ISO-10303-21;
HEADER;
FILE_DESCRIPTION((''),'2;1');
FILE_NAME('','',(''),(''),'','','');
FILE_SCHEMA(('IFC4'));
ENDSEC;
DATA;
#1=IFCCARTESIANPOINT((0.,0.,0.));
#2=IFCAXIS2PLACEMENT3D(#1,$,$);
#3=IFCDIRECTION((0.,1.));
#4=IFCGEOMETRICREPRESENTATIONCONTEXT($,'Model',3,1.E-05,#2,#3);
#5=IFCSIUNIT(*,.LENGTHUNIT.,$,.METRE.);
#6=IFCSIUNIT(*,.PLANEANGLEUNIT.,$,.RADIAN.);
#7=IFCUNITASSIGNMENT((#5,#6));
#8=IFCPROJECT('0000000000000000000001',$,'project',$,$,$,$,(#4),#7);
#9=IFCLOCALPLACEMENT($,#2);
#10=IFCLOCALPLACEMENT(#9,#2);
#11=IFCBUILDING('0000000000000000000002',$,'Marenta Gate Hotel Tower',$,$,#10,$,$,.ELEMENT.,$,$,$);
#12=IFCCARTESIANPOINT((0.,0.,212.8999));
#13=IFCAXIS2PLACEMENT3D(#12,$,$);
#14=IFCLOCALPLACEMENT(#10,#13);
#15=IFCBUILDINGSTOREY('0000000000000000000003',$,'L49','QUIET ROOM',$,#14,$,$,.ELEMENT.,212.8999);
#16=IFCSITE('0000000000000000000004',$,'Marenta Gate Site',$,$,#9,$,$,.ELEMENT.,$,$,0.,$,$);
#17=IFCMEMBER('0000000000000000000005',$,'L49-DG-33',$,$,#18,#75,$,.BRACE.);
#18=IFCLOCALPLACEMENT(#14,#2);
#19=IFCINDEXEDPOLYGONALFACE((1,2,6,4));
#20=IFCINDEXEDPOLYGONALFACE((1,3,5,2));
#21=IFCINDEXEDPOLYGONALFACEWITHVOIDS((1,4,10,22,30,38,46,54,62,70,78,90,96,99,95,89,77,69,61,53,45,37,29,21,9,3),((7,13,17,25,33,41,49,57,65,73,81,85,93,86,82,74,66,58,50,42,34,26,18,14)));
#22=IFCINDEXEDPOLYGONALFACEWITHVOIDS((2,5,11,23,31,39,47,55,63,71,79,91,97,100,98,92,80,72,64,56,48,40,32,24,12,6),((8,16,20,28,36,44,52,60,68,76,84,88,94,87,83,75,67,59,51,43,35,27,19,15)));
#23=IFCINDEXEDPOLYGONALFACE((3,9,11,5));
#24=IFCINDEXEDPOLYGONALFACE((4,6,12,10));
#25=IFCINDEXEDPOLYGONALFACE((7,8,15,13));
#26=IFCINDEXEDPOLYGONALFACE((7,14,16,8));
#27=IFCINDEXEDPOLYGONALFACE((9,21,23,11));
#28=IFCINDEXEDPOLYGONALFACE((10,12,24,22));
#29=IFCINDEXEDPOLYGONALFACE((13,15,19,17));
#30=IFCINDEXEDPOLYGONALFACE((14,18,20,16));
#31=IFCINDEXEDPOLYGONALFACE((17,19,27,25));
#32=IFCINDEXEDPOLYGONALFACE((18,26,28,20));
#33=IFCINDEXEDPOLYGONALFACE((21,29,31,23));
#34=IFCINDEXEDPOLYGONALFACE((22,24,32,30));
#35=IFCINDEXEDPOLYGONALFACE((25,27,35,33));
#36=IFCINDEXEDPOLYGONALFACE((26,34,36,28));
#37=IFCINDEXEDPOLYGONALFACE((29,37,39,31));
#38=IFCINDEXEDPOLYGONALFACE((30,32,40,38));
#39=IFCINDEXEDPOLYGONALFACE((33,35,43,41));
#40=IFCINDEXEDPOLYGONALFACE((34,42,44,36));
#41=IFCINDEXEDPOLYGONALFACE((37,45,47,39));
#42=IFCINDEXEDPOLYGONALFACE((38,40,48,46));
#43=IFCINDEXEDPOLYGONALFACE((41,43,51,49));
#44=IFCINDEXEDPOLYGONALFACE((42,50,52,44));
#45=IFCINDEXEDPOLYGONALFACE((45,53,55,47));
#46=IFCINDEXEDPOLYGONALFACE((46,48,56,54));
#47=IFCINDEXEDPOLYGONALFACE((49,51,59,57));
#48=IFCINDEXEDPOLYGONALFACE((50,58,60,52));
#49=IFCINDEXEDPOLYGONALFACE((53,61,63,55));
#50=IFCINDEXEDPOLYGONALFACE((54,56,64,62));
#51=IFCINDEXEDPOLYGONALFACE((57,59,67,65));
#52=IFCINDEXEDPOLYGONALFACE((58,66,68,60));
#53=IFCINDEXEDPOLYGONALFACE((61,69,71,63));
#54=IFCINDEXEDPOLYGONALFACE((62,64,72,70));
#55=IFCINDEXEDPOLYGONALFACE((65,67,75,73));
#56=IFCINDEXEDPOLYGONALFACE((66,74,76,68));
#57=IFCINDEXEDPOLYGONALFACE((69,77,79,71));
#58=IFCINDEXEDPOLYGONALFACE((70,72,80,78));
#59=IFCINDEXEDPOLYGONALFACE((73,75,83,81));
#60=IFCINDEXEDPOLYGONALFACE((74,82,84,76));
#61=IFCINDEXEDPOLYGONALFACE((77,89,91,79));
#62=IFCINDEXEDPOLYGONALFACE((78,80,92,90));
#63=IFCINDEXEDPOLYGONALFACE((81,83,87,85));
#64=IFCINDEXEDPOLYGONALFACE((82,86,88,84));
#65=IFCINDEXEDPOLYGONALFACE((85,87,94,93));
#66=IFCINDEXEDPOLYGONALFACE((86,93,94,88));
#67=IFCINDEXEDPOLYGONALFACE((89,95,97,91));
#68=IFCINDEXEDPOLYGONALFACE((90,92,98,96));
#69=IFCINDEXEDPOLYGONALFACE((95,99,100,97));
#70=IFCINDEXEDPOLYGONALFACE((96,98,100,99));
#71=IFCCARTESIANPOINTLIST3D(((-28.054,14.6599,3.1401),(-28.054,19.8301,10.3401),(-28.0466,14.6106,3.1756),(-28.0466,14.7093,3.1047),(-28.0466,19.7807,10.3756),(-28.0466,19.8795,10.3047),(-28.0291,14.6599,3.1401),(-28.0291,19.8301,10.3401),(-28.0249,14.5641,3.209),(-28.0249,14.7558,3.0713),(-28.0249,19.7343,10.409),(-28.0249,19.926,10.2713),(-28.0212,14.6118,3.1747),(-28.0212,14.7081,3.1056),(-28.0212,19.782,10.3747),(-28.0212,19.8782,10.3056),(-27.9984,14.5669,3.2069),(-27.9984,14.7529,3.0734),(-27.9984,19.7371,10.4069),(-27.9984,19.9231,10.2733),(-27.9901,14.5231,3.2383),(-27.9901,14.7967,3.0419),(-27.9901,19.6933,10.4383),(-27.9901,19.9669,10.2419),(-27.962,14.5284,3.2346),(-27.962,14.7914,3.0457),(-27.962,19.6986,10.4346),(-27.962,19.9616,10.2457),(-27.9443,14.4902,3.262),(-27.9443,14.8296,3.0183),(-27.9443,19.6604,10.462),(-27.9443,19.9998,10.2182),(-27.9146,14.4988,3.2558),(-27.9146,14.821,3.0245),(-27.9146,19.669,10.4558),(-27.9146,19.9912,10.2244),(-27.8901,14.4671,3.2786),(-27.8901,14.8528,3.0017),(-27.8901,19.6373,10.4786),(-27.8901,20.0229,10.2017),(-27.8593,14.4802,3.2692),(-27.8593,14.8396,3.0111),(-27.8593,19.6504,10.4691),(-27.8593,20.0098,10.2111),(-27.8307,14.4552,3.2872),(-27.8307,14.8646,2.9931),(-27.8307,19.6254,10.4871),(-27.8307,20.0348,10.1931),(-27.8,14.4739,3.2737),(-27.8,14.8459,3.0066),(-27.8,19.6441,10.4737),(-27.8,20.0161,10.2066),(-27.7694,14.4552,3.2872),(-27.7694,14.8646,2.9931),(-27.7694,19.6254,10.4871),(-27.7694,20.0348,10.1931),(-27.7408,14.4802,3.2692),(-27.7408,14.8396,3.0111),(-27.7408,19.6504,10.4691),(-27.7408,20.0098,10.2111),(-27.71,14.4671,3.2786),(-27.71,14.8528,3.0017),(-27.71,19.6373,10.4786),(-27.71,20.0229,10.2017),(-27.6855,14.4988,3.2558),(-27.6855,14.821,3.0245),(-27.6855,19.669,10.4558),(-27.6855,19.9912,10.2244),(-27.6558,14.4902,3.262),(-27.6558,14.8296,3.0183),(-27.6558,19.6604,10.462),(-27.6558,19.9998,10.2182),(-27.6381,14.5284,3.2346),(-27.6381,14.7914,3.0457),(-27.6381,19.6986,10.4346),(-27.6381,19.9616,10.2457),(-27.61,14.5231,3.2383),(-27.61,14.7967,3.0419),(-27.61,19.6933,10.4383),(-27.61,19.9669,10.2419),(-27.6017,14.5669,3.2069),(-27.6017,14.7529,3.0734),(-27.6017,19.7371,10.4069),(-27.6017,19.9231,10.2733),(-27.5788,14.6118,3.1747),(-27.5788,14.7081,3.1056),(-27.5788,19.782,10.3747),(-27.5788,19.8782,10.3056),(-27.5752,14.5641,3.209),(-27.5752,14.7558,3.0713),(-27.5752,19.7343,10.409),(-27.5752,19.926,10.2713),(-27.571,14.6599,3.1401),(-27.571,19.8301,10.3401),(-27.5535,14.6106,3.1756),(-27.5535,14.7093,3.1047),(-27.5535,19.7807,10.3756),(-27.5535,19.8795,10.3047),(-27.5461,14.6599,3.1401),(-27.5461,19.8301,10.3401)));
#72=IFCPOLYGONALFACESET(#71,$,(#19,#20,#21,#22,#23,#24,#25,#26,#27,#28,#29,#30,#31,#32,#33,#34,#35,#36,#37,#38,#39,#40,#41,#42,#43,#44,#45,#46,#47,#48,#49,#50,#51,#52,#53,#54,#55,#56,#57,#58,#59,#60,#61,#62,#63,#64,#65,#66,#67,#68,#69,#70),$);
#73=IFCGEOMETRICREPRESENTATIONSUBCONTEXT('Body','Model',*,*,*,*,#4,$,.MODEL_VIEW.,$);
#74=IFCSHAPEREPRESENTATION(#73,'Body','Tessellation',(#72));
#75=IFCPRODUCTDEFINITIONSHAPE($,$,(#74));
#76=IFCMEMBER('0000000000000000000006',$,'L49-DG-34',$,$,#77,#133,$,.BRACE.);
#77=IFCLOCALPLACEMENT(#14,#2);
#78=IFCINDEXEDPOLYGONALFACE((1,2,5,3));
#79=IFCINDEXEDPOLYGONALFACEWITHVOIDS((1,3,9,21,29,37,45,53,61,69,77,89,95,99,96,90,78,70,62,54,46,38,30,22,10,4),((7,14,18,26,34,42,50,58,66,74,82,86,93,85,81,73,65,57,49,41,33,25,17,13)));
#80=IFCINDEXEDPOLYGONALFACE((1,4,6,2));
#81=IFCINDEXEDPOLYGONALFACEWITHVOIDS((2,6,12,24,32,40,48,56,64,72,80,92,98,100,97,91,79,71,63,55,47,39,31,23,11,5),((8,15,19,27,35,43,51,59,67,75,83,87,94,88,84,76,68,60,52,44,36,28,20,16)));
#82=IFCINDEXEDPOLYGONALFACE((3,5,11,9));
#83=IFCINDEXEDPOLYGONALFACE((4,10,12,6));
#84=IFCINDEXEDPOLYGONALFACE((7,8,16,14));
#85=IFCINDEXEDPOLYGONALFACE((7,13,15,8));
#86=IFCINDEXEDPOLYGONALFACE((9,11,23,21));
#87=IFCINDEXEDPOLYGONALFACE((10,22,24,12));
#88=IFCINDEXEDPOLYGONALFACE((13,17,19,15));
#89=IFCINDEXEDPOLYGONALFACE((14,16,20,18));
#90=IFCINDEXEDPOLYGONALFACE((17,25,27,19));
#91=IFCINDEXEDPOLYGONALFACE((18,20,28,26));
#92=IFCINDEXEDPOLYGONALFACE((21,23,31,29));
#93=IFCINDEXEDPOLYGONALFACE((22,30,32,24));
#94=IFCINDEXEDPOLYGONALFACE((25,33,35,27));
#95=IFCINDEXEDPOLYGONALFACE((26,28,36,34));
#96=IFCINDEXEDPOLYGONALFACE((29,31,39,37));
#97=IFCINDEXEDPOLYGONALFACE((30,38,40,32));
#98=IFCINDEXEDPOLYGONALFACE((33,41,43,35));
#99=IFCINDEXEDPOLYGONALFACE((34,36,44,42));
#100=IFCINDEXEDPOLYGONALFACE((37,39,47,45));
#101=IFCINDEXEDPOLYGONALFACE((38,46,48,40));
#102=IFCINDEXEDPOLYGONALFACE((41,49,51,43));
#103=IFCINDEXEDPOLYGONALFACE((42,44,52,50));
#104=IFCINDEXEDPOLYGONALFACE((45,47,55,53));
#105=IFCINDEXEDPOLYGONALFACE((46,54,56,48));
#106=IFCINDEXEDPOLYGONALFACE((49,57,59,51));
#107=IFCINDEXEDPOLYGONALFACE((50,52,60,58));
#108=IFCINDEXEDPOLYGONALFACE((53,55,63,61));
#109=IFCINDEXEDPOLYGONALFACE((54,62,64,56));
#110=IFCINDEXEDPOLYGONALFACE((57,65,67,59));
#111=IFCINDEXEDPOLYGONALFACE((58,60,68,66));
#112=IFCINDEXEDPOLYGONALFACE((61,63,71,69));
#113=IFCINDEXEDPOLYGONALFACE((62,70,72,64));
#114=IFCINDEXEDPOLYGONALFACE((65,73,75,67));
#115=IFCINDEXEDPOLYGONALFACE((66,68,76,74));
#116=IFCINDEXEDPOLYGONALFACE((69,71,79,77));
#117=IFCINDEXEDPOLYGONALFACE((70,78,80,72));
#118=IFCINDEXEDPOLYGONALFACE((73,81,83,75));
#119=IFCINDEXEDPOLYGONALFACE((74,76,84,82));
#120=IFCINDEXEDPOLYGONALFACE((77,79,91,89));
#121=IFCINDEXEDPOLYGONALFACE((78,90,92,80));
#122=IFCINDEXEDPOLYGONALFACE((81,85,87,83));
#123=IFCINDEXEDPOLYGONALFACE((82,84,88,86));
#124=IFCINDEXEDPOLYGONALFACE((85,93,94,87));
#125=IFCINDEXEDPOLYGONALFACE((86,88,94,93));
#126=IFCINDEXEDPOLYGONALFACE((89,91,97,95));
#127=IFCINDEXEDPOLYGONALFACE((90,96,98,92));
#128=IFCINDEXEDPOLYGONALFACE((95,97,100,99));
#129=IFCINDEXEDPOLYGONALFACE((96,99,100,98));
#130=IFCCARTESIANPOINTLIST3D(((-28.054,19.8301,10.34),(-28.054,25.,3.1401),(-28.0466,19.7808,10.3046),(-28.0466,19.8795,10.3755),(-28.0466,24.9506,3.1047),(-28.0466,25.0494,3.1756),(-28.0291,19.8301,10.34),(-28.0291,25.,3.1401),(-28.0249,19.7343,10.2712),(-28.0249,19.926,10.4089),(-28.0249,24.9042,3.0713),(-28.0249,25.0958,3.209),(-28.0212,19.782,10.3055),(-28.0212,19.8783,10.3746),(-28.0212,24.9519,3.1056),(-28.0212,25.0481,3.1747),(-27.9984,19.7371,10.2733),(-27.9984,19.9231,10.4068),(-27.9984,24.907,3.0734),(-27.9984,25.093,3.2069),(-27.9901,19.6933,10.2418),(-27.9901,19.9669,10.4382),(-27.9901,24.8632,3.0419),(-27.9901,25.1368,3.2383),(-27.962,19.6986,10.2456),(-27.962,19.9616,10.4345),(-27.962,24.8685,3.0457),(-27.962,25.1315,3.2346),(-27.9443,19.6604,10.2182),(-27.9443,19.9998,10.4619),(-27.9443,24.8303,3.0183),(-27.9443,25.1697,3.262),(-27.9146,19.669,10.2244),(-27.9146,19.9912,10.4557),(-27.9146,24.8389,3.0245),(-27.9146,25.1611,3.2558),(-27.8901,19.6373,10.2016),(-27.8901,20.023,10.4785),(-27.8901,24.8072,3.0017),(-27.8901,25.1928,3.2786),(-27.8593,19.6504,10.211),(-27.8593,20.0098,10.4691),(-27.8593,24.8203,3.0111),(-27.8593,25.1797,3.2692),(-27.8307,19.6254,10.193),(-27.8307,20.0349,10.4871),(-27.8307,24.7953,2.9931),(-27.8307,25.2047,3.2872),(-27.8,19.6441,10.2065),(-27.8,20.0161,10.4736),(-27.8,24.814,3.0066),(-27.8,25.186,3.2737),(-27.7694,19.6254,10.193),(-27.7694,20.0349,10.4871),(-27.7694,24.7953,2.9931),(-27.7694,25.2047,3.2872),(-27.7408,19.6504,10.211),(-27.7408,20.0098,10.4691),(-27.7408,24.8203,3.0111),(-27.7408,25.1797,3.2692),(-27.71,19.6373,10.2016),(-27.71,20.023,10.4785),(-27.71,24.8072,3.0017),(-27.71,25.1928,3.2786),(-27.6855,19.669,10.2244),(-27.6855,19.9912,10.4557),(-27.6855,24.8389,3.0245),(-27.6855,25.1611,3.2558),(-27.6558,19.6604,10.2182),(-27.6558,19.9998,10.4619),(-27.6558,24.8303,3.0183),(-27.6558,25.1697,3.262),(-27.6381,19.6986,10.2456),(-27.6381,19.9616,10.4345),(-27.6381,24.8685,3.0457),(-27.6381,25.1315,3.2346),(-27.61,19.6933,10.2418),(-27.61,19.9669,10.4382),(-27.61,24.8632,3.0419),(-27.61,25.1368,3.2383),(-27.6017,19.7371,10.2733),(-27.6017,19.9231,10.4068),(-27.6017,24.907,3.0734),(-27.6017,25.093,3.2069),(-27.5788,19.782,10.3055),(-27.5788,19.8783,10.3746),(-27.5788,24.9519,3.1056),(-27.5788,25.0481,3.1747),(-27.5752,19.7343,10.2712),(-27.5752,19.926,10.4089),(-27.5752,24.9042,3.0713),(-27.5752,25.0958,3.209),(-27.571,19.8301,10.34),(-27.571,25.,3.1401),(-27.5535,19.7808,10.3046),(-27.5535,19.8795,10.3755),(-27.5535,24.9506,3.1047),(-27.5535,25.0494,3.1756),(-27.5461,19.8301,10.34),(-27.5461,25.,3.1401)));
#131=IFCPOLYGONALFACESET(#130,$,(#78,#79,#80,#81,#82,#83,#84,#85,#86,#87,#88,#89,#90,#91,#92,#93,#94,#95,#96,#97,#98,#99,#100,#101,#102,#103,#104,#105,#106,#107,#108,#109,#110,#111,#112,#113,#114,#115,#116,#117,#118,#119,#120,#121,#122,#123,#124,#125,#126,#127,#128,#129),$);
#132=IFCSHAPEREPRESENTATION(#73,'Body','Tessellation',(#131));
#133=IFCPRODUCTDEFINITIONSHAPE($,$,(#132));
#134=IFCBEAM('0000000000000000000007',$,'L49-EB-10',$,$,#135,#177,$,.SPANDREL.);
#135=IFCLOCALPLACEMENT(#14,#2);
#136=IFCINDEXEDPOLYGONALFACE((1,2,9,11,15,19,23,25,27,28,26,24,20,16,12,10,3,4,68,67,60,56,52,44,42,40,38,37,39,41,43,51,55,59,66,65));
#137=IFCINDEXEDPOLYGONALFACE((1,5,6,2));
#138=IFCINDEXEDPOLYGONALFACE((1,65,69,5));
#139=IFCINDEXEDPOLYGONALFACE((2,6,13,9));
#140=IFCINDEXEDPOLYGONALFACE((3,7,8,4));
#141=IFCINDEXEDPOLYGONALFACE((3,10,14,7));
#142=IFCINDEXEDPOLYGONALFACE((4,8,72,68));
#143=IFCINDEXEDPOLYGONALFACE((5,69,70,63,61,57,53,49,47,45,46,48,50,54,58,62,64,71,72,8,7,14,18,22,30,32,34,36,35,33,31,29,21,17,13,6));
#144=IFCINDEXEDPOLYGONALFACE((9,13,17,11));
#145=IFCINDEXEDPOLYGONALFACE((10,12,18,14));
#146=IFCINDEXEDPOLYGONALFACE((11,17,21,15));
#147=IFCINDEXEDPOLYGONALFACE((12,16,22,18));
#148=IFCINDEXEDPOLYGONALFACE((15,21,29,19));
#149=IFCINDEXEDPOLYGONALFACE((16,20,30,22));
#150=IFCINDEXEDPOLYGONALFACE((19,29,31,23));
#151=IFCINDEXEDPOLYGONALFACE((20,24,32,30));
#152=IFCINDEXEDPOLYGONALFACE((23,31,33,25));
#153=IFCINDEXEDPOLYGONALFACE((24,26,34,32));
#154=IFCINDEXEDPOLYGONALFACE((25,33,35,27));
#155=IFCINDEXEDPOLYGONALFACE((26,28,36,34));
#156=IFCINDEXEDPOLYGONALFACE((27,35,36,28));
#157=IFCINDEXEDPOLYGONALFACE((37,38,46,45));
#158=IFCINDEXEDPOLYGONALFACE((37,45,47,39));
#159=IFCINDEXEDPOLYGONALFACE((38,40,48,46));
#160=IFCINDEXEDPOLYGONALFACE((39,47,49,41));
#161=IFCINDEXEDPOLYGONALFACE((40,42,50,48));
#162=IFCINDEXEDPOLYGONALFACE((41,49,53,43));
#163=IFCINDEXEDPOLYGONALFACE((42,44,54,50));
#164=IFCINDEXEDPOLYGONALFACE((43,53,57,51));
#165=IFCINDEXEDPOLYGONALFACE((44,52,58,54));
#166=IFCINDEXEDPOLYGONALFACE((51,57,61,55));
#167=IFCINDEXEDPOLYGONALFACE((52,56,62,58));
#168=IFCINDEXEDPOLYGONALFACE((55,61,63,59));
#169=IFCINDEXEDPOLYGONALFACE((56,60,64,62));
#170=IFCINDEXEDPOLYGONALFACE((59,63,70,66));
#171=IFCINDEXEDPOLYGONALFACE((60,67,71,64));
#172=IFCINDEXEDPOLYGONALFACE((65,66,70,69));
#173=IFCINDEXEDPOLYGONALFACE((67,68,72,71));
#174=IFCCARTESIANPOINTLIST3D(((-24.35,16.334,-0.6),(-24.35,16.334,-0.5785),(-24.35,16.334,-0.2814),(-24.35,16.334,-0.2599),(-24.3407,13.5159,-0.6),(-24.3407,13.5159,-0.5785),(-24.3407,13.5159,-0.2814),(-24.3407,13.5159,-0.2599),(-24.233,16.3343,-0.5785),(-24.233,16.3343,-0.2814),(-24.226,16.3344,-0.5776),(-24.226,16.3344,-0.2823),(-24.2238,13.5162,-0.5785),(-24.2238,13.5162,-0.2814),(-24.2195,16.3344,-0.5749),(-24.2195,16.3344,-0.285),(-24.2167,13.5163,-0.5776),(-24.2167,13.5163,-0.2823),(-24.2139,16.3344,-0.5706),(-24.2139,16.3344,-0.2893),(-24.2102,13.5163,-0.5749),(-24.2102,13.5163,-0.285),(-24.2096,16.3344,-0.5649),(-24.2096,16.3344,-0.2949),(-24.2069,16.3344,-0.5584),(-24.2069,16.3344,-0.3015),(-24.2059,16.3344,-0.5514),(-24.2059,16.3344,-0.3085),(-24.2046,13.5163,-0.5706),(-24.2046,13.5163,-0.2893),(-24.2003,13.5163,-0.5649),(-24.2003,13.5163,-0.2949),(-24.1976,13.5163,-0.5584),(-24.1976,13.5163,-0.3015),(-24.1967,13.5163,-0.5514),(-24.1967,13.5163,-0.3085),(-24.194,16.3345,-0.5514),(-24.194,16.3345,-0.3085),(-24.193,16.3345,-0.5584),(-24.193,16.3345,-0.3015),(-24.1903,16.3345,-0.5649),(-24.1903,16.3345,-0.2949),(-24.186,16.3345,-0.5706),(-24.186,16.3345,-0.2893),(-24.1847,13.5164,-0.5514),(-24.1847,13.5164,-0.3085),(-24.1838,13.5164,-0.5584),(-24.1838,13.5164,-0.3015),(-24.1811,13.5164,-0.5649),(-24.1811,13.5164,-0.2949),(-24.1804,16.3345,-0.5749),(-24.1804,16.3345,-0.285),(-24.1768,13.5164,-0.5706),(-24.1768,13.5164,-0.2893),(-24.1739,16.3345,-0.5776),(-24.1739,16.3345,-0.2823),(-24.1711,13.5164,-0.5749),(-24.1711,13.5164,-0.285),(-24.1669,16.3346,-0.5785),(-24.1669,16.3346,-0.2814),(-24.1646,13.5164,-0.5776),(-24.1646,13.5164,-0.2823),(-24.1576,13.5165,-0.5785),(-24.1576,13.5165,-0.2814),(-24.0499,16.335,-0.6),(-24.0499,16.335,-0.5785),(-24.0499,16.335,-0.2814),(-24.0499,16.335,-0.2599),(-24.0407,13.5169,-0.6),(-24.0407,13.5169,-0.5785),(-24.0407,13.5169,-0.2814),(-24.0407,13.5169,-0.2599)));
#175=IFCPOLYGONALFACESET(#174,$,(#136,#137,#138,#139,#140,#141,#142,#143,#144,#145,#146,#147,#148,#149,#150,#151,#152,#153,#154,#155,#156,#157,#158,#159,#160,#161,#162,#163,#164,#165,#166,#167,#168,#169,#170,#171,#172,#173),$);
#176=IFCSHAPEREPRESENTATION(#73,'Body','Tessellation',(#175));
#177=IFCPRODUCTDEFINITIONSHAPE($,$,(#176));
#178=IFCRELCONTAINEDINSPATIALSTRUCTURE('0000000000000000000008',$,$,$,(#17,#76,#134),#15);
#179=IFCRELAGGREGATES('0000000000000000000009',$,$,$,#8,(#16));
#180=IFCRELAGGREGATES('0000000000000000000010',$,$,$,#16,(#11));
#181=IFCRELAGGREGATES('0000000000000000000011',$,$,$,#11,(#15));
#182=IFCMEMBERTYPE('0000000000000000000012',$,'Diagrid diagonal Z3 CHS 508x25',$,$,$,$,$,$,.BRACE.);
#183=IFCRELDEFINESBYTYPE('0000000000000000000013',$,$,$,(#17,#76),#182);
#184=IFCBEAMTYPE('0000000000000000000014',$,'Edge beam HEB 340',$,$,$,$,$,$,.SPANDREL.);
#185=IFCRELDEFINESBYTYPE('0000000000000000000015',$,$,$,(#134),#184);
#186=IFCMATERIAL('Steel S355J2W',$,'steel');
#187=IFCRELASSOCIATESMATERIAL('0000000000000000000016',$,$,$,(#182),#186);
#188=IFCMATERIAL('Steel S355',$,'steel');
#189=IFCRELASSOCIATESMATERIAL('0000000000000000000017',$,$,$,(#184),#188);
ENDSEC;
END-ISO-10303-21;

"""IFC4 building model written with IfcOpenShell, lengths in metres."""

from ifc_helpers import new_model, si_unit, direction, frame, origin, origin_2d, place, context, subcontext, project, spatial, hollow_circle, i_section, extrude, material, material_profile, profile_set, type_object, element, save


model = new_model("IFC4")

# Units and contexts
model_context = context("Model", 3, precision=1e-05, world=origin(), true_north=direction((0.0, 1.0)))
body_context = subcontext(model_context, "Body", "Model", "MODEL_VIEW")
ifc_project = project(units=[si_unit("LENGTHUNIT", "METRE"), si_unit("PLANEANGLEUNIT", "RADIAN")], contexts=[model_context])

# Site, building, storey
site_placement = place(None, origin())
site = spatial("IfcSite", under=ifc_project, at=site_placement, Name="Marenta Gate Site", CompositionType="ELEMENT", RefElevation=0.0)
building_placement = place(site_placement, origin())
building = spatial("IfcBuilding", under=site, at=building_placement, Name="Marenta Gate Hotel Tower", CompositionType="ELEMENT")
storey_placement = place(building_placement, frame((0.0, 0.0, 212.8999)))
storey = spatial("IfcBuildingStorey", under=building, at=storey_placement, Name="L49", Description="QUIET ROOM", CompositionType="ELEMENT", Elevation=212.8999)

# Members
ifc_material_1 = material(Name="Steel S355J2W", Category="steel")
ifc_material_profile_1 = material_profile(ifc_material_1, hollow_circle(Radius=0.2539, WallThickness=0.0249, at=origin_2d()), Name="CHS 508x25")
ifc_profile_set_1 = profile_set([ifc_material_profile_1], Name="Steel S355J2W")
member_type_1 = type_object("IfcMemberType", Name="Diagrid diagonal Z3 CHS 508x25", PredefinedType="BRACE", material=ifc_profile_set_1)
member_1_placement = place(storey_placement, frame((-27.8, 14.6599, 3.1401), z_axis=(0.0, 0.583279, 0.812272), x_axis=(-1.0, 0.0, 0.0)))
element("IfcMember", 1, at=member_1_placement, inside=storey, type_object=member_type_1, Name="L49-DG-33", PredefinedType="BRACE", context=body_context, shape_type="SweptSolid", body=[
    extrude(hollow_circle(Radius=0.2539, WallThickness=0.0249, at=origin_2d()), origin(), (0.0, 0.0, 1.0), 8.864),
])
member_2_placement = place(storey_placement, frame((-27.8, 25.0, 3.1401), z_axis=(0.0, -0.583261, 0.812285), x_axis=(1.0, 0.0, 0.0)))
element("IfcMember", 2, at=member_2_placement, inside=storey, type_object=member_type_1, Name="L49-DG-34", PredefinedType="BRACE", context=body_context, shape_type="SweptSolid", body=[
    extrude(hollow_circle(Radius=0.2539, WallThickness=0.0249, at=origin_2d()), origin(), (0.0, 0.0, 1.0), 8.8638),
])

# Beam
ifc_material_2 = material(Name="Steel S355", Category="steel")
ifc_material_profile_2 = material_profile(ifc_material_2, i_section(OverallWidth=0.3, OverallDepth=0.3401, WebThickness=0.012, FlangeThickness=0.0215, FilletRadius=0.0271, at=origin_2d()), Name="HEB 340")
ifc_profile_set_2 = profile_set([ifc_material_profile_2], Name="Steel S355")
beam_type_1 = type_object("IfcBeamType", Name="Edge beam HEB 340", PredefinedType="SPANDREL", material=ifc_profile_set_2)
beam_1_placement = place(storey_placement, frame((-24.1907, 13.5164, -0.4299), z_axis=(-0.003292, 0.999995, 0.0), x_axis=(-0.999995, -0.003292, 0.0)))
element("IfcBeam", 3, at=beam_1_placement, inside=storey, type_object=beam_type_1, Name="L49-EB-10", PredefinedType="SPANDREL", context=body_context, shape_type="SweptSolid", body=[
    extrude(i_section(OverallWidth=0.3, OverallDepth=0.3401, WebThickness=0.012, FlangeThickness=0.0215, FilletRadius=0.0271, at=origin_2d()), origin(), (0.0, 0.0, 1.0), 2.8181),
])

save(model, "model.ifc")
